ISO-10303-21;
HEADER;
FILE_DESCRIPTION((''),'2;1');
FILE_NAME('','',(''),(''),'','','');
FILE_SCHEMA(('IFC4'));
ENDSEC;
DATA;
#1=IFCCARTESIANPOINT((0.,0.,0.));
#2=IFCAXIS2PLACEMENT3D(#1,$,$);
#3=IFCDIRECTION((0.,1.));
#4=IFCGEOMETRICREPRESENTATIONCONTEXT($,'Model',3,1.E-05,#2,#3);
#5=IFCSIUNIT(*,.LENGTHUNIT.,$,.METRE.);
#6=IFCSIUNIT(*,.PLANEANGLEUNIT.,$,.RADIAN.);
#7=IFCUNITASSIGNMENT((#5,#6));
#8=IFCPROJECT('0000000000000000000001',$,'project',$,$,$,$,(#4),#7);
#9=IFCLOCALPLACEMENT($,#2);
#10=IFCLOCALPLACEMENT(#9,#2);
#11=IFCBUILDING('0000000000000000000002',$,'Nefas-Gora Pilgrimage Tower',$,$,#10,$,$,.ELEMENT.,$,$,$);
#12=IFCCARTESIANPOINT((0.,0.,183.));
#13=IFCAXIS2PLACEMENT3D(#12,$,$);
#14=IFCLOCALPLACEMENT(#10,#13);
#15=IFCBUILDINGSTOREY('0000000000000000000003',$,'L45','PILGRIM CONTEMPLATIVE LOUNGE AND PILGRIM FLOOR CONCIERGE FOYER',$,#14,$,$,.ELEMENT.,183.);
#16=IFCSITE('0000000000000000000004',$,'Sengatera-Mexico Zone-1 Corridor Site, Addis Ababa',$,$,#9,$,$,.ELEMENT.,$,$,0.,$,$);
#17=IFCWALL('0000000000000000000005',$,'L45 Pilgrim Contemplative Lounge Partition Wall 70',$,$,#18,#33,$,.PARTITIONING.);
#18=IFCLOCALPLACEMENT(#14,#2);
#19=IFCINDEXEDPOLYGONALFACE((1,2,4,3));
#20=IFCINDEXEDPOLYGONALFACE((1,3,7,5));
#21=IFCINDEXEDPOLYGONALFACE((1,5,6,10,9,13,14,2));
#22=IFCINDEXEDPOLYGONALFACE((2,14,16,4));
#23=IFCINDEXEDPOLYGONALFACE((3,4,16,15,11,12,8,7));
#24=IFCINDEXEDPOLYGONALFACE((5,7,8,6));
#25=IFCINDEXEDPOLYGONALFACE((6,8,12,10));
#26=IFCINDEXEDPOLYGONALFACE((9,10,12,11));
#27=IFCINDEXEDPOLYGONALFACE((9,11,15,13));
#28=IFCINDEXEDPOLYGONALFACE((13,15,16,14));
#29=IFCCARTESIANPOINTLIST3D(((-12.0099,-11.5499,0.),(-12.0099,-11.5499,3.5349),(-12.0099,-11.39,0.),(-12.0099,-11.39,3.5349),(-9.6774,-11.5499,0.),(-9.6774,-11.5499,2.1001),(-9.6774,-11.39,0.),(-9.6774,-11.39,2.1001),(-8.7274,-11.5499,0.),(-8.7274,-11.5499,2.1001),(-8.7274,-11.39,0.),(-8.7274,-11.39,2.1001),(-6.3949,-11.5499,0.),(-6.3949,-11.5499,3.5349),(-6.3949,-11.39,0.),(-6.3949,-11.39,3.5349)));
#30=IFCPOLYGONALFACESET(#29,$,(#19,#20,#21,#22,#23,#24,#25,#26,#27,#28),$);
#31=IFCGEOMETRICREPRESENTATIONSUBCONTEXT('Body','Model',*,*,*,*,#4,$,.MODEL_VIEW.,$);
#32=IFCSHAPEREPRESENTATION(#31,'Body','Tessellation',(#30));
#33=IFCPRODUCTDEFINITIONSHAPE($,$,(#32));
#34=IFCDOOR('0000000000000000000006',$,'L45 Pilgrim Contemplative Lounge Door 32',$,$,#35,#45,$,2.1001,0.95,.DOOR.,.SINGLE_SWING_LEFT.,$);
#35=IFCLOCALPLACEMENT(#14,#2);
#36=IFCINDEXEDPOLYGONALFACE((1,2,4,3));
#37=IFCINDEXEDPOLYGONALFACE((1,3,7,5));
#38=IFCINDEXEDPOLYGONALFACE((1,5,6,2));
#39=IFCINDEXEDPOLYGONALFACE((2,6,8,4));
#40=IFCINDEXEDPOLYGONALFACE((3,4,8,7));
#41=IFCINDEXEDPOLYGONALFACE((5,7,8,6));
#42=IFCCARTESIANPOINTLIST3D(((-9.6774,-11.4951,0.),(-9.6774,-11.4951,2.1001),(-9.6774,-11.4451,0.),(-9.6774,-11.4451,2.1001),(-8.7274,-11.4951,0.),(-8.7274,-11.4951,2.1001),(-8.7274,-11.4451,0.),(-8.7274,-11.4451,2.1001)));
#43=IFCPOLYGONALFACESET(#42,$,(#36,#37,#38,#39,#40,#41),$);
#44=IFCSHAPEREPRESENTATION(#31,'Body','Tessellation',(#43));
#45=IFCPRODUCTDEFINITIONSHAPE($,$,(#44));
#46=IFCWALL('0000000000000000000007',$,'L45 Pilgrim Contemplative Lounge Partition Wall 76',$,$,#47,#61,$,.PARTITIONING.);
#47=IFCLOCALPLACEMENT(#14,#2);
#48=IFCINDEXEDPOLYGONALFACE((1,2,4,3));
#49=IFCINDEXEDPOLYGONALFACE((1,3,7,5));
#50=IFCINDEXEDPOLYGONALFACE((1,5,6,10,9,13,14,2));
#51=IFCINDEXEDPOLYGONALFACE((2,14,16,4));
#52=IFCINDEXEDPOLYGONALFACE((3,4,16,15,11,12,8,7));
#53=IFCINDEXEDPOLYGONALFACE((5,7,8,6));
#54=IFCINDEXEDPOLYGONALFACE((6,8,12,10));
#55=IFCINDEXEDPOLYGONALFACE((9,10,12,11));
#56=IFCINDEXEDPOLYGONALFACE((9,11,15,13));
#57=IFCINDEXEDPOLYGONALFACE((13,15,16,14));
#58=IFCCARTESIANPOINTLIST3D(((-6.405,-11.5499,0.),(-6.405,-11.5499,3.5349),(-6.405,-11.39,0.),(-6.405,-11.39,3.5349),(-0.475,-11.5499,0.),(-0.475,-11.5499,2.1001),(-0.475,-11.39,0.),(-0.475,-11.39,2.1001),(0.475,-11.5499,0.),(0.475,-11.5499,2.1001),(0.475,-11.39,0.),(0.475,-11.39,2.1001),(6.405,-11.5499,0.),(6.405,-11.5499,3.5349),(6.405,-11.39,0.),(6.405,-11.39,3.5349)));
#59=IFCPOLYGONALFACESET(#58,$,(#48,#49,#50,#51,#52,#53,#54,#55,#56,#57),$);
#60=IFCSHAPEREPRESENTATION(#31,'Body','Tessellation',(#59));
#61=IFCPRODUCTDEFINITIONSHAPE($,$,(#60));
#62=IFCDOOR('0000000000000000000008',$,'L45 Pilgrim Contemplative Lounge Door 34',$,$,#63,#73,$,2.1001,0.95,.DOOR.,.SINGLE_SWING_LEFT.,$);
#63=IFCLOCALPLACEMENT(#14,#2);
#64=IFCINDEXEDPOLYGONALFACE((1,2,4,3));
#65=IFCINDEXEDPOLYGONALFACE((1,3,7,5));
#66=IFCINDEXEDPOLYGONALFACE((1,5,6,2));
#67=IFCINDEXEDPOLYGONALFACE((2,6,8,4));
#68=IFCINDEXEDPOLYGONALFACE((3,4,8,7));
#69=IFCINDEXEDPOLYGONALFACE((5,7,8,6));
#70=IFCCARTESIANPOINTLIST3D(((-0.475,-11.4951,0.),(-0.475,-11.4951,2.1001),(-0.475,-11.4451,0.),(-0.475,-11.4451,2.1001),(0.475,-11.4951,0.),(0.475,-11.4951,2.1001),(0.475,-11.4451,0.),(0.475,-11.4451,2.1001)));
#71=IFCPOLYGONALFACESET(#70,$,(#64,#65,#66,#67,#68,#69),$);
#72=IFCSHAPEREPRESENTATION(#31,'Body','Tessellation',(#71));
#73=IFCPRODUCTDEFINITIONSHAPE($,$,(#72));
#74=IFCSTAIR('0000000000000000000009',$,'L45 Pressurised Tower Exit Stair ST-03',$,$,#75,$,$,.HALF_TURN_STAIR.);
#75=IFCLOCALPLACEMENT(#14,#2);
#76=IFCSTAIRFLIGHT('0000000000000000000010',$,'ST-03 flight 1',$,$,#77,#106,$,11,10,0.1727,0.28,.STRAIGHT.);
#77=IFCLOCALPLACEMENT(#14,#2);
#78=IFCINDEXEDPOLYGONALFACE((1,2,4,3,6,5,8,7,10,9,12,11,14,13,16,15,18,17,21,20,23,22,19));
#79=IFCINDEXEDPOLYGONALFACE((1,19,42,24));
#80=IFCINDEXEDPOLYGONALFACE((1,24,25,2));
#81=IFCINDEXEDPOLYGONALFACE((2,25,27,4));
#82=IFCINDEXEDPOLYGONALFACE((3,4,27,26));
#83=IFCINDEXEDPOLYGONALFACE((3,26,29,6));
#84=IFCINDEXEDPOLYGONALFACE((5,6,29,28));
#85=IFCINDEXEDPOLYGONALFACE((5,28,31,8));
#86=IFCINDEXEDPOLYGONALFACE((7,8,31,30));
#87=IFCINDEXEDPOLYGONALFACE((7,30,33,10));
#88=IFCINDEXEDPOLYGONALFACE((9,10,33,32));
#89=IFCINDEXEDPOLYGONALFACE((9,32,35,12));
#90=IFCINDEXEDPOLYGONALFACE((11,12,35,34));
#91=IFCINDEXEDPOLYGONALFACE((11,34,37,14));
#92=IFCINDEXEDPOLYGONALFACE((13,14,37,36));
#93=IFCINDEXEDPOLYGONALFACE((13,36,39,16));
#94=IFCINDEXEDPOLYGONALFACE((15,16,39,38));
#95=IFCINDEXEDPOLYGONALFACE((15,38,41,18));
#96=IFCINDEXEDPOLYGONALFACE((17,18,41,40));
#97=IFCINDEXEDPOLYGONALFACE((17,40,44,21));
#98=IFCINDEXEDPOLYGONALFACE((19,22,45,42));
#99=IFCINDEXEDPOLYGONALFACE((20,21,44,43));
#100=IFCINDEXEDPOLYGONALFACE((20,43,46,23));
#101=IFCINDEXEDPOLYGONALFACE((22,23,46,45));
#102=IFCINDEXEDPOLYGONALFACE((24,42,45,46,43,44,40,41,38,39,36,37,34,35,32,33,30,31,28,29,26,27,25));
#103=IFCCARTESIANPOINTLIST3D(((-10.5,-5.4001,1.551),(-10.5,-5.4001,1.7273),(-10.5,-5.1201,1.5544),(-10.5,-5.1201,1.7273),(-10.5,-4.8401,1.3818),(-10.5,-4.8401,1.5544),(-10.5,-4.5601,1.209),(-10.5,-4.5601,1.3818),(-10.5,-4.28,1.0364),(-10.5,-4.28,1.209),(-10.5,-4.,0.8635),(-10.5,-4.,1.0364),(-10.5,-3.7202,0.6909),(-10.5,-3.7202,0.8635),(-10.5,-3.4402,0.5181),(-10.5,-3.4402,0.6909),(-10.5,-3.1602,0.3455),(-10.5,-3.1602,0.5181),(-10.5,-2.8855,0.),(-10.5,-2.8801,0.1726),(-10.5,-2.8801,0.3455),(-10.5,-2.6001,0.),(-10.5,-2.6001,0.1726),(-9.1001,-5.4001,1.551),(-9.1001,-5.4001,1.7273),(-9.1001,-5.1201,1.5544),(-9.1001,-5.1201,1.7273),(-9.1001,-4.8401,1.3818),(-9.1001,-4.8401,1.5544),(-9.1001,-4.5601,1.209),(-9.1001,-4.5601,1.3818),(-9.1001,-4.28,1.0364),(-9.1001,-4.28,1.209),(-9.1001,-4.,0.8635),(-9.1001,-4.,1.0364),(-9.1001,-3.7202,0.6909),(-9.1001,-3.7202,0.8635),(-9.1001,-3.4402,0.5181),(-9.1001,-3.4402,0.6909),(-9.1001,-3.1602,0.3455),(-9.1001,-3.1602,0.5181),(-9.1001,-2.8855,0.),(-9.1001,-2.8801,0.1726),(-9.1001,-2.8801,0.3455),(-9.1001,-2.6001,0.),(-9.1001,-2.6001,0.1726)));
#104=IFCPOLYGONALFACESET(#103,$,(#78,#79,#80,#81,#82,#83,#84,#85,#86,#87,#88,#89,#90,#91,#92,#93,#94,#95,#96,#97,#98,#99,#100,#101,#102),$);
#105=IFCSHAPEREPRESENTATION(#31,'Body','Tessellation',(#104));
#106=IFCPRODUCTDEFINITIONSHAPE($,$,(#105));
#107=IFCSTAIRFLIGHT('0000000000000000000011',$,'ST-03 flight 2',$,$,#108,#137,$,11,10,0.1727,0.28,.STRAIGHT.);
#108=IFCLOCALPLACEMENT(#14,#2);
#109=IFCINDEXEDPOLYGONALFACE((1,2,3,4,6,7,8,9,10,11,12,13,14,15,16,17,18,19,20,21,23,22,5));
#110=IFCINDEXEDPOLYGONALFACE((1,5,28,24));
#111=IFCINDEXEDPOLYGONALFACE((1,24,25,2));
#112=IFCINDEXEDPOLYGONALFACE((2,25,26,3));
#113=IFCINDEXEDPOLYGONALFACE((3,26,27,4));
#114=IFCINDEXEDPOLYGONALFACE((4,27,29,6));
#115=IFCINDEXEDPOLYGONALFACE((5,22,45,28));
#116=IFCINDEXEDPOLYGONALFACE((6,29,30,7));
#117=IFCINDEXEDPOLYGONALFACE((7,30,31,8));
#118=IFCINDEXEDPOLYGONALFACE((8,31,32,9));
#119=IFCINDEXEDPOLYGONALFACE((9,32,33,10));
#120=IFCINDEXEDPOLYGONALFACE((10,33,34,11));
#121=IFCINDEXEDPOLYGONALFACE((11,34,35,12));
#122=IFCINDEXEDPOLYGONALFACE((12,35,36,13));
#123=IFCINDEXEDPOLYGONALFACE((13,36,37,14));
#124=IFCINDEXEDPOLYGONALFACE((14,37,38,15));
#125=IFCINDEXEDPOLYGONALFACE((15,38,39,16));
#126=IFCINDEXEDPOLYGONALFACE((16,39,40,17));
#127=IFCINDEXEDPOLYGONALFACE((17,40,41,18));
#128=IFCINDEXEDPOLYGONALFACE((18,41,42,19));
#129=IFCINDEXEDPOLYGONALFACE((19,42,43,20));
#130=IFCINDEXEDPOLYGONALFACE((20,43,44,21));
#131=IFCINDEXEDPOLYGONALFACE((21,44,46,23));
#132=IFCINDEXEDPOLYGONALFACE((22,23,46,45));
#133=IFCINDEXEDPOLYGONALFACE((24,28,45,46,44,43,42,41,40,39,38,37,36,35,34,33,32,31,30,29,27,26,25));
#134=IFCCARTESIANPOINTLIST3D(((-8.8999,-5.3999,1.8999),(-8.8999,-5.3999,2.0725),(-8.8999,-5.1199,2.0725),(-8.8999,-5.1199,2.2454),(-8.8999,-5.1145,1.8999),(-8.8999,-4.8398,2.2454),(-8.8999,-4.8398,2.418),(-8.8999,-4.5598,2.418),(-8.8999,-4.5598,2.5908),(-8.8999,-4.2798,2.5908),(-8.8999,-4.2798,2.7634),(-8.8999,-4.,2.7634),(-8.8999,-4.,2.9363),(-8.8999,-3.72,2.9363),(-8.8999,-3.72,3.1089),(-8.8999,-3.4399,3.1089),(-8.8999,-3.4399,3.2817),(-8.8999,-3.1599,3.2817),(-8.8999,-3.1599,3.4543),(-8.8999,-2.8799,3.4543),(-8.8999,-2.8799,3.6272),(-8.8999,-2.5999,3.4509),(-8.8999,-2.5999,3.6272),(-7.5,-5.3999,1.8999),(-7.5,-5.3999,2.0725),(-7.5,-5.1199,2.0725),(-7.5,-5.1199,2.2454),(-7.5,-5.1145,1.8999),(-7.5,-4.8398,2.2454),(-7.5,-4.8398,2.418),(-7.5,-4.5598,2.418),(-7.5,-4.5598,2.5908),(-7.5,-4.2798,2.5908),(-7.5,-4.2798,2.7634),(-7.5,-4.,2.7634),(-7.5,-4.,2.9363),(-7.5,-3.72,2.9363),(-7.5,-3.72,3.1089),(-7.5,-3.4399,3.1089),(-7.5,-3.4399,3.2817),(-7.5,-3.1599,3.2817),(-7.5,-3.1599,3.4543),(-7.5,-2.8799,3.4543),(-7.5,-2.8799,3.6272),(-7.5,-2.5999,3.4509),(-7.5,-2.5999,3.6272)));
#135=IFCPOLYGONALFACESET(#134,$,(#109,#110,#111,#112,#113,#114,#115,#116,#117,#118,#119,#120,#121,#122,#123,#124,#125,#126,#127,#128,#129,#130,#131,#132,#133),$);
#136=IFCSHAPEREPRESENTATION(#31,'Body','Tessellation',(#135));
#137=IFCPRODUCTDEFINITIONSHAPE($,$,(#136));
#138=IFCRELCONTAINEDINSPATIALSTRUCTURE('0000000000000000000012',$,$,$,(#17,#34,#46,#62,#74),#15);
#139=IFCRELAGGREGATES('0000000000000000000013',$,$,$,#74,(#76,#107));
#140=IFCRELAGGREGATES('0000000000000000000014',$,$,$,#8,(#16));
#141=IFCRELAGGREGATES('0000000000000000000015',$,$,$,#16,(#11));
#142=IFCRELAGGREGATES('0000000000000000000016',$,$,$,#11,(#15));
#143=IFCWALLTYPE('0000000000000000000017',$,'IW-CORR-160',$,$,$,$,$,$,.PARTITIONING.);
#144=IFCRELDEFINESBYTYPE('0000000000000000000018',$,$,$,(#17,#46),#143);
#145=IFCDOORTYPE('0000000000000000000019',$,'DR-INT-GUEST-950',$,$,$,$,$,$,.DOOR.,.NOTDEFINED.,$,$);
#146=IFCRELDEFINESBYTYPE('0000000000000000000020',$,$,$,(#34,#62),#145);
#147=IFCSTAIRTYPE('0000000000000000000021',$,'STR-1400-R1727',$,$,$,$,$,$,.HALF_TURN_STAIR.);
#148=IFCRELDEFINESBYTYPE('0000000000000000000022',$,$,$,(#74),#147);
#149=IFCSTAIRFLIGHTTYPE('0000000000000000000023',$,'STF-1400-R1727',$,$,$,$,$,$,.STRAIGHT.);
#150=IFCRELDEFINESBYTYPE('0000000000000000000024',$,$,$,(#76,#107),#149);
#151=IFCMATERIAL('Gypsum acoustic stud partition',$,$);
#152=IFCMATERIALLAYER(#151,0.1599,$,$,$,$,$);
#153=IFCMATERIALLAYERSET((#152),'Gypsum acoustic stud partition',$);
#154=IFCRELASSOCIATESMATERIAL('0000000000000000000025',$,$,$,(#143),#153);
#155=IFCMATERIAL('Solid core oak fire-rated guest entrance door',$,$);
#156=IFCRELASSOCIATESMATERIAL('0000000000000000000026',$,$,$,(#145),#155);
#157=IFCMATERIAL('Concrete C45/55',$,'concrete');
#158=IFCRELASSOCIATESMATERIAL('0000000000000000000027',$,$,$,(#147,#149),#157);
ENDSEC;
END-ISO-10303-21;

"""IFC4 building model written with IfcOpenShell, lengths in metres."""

from ifc_helpers import new_model, si_unit, direction, frame, frame_2d, origin, place, context, subcontext, project, spatial, polyline, rectangle, outline, extrude, source, transform, mapped, material, layer, layer_set, type_object, element, fill, aggregate, save


model = new_model("IFC4")

# Units and contexts
model_context = context("Model", 3, precision=1e-05, world=origin(), true_north=direction((0.0, 1.0)))
body_context = subcontext(model_context, "Body", "Model", "MODEL_VIEW")
ifc_project = project(units=[si_unit("LENGTHUNIT", "METRE"), si_unit("PLANEANGLEUNIT", "RADIAN")], contexts=[model_context])

# Site, building, storey
site_placement = place(None, origin())
site = spatial("IfcSite", under=ifc_project, at=site_placement, Name="Sengatera-Mexico Zone-1 Corridor Site, Addis Ababa", CompositionType="ELEMENT", RefElevation=0.0)
building_placement = place(site_placement, origin())
building = spatial("IfcBuilding", under=site, at=building_placement, Name="Nefas-Gora Pilgrimage Tower", CompositionType="ELEMENT")
storey_placement = place(building_placement, frame((0.0, 0.0, 183.0)))
storey = spatial("IfcBuildingStorey", under=building, at=storey_placement, Name="L45", Description="PILGRIM CONTEMPLATIVE LOUNGE AND PILGRIM FLOOR CONCIERGE FOYER", CompositionType="ELEMENT", Elevation=183.0)

# Shared definitions
ifc_material_1 = material(Name="Concrete C45/55", Category="concrete")

# Shared definitions
ifc_material_2 = material(Name="Gypsum acoustic stud partition")
ifc_layer_1 = layer(ifc_material_2, 0.1599)
ifc_layer_set_1 = layer_set([ifc_layer_1], Name="Gypsum acoustic stud partition")
wall_type_1 = type_object("IfcWallType", Name="IW-CORR-160", PredefinedType="PARTITIONING", material=ifc_layer_set_1)

# Walls, openings, doors
shared_shape_1 = source(origin(), body_context, "Body", "SweptSolid", [
    extrude(rectangle(XDim=5.615, YDim=0.1599, at=frame_2d((2.8076, 0.0))), origin(), (0.0, 0.0, 1.0), 3.5349),
])
wall_1_placement = place(storey_placement, frame((-12.01, -11.47, 0.0), z_axis=(0.0, 0.0, 1.0), x_axis=(1.0, 0.0, 0.0)))
wall_1 = element("IfcWall", 1, at=wall_1_placement, inside=storey, type_object=wall_type_1, Name="L45 Pilgrim Contemplative Lounge Partition Wall 70", PredefinedType="PARTITIONING", context=body_context, shape_type="MappedRepresentation", body=[
    mapped(shared_shape_1, transform((0.0, 0.0, 0.0), x_axis=(1.0, 0.0, 0.0), y_axis=(0.0, 1.0, 0.0), z_axis=(0.0, 0.0, 1.0), scale=1.0)),
])
opening_1_placement = place(wall_1_placement, frame((2.3325, 0.0, 0.0)))
opening_1 = element("IfcOpeningElement", 2, at=opening_1_placement, cuts=wall_1, PredefinedType="OPENING", context=body_context, shape_type="SweptSolid", body=[
    extrude(rectangle(XDim=0.95, YDim=2.1001, at=frame_2d((0.4751, 1.05))), frame((0.0, 0.0898, 0.0), z_axis=(0.0, -1.0, 0.0), x_axis=(1.0, 0.0, 0.0)), (0.0, 0.0, 1.0), 0.1799),
])
ifc_material_3 = material(Name="Solid core oak fire-rated guest entrance door")
door_type_1 = type_object("IfcDoorType", Name="DR-INT-GUEST-950", OperationType="NOTDEFINED", PredefinedType="DOOR", material=ifc_material_3)
shared_shape_2 = source(origin(), body_context, "Body", "SweptSolid", [
    extrude(rectangle(XDim=0.95, YDim=2.1001, at=frame_2d((0.4751, 1.05))), frame((0.0, 0.0249, 0.0), z_axis=(0.0, -1.0, 0.0), x_axis=(1.0, 0.0, 0.0)), (0.0, 0.0, 1.0), 0.05),
])
door_1_placement = place(opening_1_placement, origin())
door_1 = element("IfcDoor", 3, at=door_1_placement, inside=storey, type_object=door_type_1, Name="L45 Pilgrim Contemplative Lounge Door 32", OperationType="SINGLE_SWING_LEFT", OverallHeight=2.1001, OverallWidth=0.95, PredefinedType="DOOR", context=body_context, shape_type="MappedRepresentation", body=[
    mapped(shared_shape_2, transform((0.0, 0.0, 0.0), x_axis=(1.0, 0.0, 0.0), y_axis=(0.0, 1.0, 0.0), z_axis=(0.0, 0.0, 1.0), scale=1.0)),
])
fill(opening_1, door_1)
shared_shape_3 = source(origin(), body_context, "Body", "SweptSolid", [
    extrude(rectangle(XDim=12.8101, YDim=0.1599, at=frame_2d((6.405, 0.0))), origin(), (0.0, 0.0, 1.0), 3.5349),
])
wall_2_placement = place(storey_placement, frame((-6.405, -11.47, 0.0), z_axis=(0.0, 0.0, 1.0), x_axis=(1.0, 0.0, 0.0)))
wall_2 = element("IfcWall", 4, at=wall_2_placement, inside=storey, type_object=wall_type_1, Name="L45 Pilgrim Contemplative Lounge Partition Wall 76", PredefinedType="PARTITIONING", context=body_context, shape_type="MappedRepresentation", body=[
    mapped(shared_shape_3, transform((0.0, 0.0, 0.0), x_axis=(1.0, 0.0, 0.0), y_axis=(0.0, 1.0, 0.0), z_axis=(0.0, 0.0, 1.0), scale=1.0)),
])
opening_2_placement = place(wall_2_placement, frame((5.9299, 0.0, 0.0)))
opening_2 = element("IfcOpeningElement", 5, at=opening_2_placement, cuts=wall_2, PredefinedType="OPENING", context=body_context, shape_type="SweptSolid", body=[
    extrude(rectangle(XDim=0.95, YDim=2.1001, at=frame_2d((0.4751, 1.05))), frame((0.0, 0.0898, 0.0), z_axis=(0.0, -1.0, 0.0), x_axis=(1.0, 0.0, 0.0)), (0.0, 0.0, 1.0), 0.1799),
])
door_2_placement = place(opening_2_placement, origin())
door_2 = element("IfcDoor", 6, at=door_2_placement, inside=storey, type_object=door_type_1, Name="L45 Pilgrim Contemplative Lounge Door 34", OperationType="SINGLE_SWING_LEFT", OverallHeight=2.1001, OverallWidth=0.95, PredefinedType="DOOR", context=body_context, shape_type="MappedRepresentation", body=[
    mapped(shared_shape_2, transform((0.0, 0.0, 0.0), x_axis=(1.0, 0.0, 0.0), y_axis=(0.0, 1.0, 0.0), z_axis=(0.0, 0.0, 1.0), scale=1.0)),
])
fill(opening_2, door_2)

# Stair, stair flights
stair_type = type_object("IfcStairType", Name="STR-1400-R1727", PredefinedType="HALF_TURN_STAIR", material=ifc_material_1)
stair_placement = place(storey_placement, origin())
stair = element("IfcStair", 7, at=stair_placement, inside=storey, type_object=stair_type, Name="L45 Pressurised Tower Exit Stair ST-03", PredefinedType="HALF_TURN_STAIR")
stair_flight_type = type_object("IfcStairFlightType", Name="STF-1400-R1727", PredefinedType="STRAIGHT", material=ifc_material_1)
shared_shape_4 = source(origin(), body_context, "Body", "SweptSolid", [
    extrude(outline(polyline([(0.0, 0.0), (0.0, 0.1726), (0.28, 0.1726), (0.28, 0.3455), (0.5601, 0.3455), (0.5601, 0.5181), (0.8401, 0.5181), (0.8401, 0.6909), (1.1201, 0.6909), (1.1201, 0.8635), (1.3999, 0.8635), (1.3999, 1.0364), (1.6799, 1.0364), (1.6799, 1.209), (1.96, 1.209), (1.96, 1.3818), (2.24, 1.3818), (2.24, 1.5544), (2.52, 1.5544), (2.52, 1.7273), (2.8, 1.7273), (2.8, 1.8999), (2.8, 1.551), (0.2854, 0.0), (0.0, 0.0)])), frame((0.0, 0.7, 0.0), z_axis=(0.0, -1.0, 0.0), x_axis=(1.0, 0.0, 0.0)), (0.0, 0.0, 1.0), 1.3999),
])
stair_flight_1_placement = place(storey_placement, frame((-9.8, -2.6001, 0.0), z_axis=(0.0, 0.0, 1.0), x_axis=(0.0, -1.0, 0.0)))
stair_flight_1 = element("IfcStairFlight", 8, at=stair_flight_1_placement, type_object=stair_flight_type, Name="ST-03 flight 1", NumberOfRisers=11, NumberOfTreads=10, PredefinedType="STRAIGHT", RiserHeight=0.1727, TreadLength=0.28, context=body_context, shape_type="MappedRepresentation", body=[
    mapped(shared_shape_4, transform((0.0, 0.0, 0.0), x_axis=(1.0, 0.0, 0.0), y_axis=(0.0, 1.0, 0.0), z_axis=(0.0, 0.0, 1.0), scale=1.0)),
])
stair_flight_2_placement = place(storey_placement, frame((-8.2, -5.3999, 1.8999), z_axis=(0.0, 0.0, 1.0), x_axis=(0.0, 1.0, 0.0)))
stair_flight_2 = element("IfcStairFlight", 9, at=stair_flight_2_placement, type_object=stair_flight_type, Name="ST-03 flight 2", NumberOfRisers=11, NumberOfTreads=10, PredefinedType="STRAIGHT", RiserHeight=0.1727, TreadLength=0.28, context=body_context, shape_type="MappedRepresentation", body=[
    mapped(shared_shape_4, transform((0.0, 0.0, 0.0), x_axis=(1.0, 0.0, 0.0), y_axis=(0.0, 1.0, 0.0), z_axis=(0.0, 0.0, 1.0), scale=1.0)),
])
aggregate(stair, [stair_flight_1, stair_flight_2])

save(model, "model.ifc")
